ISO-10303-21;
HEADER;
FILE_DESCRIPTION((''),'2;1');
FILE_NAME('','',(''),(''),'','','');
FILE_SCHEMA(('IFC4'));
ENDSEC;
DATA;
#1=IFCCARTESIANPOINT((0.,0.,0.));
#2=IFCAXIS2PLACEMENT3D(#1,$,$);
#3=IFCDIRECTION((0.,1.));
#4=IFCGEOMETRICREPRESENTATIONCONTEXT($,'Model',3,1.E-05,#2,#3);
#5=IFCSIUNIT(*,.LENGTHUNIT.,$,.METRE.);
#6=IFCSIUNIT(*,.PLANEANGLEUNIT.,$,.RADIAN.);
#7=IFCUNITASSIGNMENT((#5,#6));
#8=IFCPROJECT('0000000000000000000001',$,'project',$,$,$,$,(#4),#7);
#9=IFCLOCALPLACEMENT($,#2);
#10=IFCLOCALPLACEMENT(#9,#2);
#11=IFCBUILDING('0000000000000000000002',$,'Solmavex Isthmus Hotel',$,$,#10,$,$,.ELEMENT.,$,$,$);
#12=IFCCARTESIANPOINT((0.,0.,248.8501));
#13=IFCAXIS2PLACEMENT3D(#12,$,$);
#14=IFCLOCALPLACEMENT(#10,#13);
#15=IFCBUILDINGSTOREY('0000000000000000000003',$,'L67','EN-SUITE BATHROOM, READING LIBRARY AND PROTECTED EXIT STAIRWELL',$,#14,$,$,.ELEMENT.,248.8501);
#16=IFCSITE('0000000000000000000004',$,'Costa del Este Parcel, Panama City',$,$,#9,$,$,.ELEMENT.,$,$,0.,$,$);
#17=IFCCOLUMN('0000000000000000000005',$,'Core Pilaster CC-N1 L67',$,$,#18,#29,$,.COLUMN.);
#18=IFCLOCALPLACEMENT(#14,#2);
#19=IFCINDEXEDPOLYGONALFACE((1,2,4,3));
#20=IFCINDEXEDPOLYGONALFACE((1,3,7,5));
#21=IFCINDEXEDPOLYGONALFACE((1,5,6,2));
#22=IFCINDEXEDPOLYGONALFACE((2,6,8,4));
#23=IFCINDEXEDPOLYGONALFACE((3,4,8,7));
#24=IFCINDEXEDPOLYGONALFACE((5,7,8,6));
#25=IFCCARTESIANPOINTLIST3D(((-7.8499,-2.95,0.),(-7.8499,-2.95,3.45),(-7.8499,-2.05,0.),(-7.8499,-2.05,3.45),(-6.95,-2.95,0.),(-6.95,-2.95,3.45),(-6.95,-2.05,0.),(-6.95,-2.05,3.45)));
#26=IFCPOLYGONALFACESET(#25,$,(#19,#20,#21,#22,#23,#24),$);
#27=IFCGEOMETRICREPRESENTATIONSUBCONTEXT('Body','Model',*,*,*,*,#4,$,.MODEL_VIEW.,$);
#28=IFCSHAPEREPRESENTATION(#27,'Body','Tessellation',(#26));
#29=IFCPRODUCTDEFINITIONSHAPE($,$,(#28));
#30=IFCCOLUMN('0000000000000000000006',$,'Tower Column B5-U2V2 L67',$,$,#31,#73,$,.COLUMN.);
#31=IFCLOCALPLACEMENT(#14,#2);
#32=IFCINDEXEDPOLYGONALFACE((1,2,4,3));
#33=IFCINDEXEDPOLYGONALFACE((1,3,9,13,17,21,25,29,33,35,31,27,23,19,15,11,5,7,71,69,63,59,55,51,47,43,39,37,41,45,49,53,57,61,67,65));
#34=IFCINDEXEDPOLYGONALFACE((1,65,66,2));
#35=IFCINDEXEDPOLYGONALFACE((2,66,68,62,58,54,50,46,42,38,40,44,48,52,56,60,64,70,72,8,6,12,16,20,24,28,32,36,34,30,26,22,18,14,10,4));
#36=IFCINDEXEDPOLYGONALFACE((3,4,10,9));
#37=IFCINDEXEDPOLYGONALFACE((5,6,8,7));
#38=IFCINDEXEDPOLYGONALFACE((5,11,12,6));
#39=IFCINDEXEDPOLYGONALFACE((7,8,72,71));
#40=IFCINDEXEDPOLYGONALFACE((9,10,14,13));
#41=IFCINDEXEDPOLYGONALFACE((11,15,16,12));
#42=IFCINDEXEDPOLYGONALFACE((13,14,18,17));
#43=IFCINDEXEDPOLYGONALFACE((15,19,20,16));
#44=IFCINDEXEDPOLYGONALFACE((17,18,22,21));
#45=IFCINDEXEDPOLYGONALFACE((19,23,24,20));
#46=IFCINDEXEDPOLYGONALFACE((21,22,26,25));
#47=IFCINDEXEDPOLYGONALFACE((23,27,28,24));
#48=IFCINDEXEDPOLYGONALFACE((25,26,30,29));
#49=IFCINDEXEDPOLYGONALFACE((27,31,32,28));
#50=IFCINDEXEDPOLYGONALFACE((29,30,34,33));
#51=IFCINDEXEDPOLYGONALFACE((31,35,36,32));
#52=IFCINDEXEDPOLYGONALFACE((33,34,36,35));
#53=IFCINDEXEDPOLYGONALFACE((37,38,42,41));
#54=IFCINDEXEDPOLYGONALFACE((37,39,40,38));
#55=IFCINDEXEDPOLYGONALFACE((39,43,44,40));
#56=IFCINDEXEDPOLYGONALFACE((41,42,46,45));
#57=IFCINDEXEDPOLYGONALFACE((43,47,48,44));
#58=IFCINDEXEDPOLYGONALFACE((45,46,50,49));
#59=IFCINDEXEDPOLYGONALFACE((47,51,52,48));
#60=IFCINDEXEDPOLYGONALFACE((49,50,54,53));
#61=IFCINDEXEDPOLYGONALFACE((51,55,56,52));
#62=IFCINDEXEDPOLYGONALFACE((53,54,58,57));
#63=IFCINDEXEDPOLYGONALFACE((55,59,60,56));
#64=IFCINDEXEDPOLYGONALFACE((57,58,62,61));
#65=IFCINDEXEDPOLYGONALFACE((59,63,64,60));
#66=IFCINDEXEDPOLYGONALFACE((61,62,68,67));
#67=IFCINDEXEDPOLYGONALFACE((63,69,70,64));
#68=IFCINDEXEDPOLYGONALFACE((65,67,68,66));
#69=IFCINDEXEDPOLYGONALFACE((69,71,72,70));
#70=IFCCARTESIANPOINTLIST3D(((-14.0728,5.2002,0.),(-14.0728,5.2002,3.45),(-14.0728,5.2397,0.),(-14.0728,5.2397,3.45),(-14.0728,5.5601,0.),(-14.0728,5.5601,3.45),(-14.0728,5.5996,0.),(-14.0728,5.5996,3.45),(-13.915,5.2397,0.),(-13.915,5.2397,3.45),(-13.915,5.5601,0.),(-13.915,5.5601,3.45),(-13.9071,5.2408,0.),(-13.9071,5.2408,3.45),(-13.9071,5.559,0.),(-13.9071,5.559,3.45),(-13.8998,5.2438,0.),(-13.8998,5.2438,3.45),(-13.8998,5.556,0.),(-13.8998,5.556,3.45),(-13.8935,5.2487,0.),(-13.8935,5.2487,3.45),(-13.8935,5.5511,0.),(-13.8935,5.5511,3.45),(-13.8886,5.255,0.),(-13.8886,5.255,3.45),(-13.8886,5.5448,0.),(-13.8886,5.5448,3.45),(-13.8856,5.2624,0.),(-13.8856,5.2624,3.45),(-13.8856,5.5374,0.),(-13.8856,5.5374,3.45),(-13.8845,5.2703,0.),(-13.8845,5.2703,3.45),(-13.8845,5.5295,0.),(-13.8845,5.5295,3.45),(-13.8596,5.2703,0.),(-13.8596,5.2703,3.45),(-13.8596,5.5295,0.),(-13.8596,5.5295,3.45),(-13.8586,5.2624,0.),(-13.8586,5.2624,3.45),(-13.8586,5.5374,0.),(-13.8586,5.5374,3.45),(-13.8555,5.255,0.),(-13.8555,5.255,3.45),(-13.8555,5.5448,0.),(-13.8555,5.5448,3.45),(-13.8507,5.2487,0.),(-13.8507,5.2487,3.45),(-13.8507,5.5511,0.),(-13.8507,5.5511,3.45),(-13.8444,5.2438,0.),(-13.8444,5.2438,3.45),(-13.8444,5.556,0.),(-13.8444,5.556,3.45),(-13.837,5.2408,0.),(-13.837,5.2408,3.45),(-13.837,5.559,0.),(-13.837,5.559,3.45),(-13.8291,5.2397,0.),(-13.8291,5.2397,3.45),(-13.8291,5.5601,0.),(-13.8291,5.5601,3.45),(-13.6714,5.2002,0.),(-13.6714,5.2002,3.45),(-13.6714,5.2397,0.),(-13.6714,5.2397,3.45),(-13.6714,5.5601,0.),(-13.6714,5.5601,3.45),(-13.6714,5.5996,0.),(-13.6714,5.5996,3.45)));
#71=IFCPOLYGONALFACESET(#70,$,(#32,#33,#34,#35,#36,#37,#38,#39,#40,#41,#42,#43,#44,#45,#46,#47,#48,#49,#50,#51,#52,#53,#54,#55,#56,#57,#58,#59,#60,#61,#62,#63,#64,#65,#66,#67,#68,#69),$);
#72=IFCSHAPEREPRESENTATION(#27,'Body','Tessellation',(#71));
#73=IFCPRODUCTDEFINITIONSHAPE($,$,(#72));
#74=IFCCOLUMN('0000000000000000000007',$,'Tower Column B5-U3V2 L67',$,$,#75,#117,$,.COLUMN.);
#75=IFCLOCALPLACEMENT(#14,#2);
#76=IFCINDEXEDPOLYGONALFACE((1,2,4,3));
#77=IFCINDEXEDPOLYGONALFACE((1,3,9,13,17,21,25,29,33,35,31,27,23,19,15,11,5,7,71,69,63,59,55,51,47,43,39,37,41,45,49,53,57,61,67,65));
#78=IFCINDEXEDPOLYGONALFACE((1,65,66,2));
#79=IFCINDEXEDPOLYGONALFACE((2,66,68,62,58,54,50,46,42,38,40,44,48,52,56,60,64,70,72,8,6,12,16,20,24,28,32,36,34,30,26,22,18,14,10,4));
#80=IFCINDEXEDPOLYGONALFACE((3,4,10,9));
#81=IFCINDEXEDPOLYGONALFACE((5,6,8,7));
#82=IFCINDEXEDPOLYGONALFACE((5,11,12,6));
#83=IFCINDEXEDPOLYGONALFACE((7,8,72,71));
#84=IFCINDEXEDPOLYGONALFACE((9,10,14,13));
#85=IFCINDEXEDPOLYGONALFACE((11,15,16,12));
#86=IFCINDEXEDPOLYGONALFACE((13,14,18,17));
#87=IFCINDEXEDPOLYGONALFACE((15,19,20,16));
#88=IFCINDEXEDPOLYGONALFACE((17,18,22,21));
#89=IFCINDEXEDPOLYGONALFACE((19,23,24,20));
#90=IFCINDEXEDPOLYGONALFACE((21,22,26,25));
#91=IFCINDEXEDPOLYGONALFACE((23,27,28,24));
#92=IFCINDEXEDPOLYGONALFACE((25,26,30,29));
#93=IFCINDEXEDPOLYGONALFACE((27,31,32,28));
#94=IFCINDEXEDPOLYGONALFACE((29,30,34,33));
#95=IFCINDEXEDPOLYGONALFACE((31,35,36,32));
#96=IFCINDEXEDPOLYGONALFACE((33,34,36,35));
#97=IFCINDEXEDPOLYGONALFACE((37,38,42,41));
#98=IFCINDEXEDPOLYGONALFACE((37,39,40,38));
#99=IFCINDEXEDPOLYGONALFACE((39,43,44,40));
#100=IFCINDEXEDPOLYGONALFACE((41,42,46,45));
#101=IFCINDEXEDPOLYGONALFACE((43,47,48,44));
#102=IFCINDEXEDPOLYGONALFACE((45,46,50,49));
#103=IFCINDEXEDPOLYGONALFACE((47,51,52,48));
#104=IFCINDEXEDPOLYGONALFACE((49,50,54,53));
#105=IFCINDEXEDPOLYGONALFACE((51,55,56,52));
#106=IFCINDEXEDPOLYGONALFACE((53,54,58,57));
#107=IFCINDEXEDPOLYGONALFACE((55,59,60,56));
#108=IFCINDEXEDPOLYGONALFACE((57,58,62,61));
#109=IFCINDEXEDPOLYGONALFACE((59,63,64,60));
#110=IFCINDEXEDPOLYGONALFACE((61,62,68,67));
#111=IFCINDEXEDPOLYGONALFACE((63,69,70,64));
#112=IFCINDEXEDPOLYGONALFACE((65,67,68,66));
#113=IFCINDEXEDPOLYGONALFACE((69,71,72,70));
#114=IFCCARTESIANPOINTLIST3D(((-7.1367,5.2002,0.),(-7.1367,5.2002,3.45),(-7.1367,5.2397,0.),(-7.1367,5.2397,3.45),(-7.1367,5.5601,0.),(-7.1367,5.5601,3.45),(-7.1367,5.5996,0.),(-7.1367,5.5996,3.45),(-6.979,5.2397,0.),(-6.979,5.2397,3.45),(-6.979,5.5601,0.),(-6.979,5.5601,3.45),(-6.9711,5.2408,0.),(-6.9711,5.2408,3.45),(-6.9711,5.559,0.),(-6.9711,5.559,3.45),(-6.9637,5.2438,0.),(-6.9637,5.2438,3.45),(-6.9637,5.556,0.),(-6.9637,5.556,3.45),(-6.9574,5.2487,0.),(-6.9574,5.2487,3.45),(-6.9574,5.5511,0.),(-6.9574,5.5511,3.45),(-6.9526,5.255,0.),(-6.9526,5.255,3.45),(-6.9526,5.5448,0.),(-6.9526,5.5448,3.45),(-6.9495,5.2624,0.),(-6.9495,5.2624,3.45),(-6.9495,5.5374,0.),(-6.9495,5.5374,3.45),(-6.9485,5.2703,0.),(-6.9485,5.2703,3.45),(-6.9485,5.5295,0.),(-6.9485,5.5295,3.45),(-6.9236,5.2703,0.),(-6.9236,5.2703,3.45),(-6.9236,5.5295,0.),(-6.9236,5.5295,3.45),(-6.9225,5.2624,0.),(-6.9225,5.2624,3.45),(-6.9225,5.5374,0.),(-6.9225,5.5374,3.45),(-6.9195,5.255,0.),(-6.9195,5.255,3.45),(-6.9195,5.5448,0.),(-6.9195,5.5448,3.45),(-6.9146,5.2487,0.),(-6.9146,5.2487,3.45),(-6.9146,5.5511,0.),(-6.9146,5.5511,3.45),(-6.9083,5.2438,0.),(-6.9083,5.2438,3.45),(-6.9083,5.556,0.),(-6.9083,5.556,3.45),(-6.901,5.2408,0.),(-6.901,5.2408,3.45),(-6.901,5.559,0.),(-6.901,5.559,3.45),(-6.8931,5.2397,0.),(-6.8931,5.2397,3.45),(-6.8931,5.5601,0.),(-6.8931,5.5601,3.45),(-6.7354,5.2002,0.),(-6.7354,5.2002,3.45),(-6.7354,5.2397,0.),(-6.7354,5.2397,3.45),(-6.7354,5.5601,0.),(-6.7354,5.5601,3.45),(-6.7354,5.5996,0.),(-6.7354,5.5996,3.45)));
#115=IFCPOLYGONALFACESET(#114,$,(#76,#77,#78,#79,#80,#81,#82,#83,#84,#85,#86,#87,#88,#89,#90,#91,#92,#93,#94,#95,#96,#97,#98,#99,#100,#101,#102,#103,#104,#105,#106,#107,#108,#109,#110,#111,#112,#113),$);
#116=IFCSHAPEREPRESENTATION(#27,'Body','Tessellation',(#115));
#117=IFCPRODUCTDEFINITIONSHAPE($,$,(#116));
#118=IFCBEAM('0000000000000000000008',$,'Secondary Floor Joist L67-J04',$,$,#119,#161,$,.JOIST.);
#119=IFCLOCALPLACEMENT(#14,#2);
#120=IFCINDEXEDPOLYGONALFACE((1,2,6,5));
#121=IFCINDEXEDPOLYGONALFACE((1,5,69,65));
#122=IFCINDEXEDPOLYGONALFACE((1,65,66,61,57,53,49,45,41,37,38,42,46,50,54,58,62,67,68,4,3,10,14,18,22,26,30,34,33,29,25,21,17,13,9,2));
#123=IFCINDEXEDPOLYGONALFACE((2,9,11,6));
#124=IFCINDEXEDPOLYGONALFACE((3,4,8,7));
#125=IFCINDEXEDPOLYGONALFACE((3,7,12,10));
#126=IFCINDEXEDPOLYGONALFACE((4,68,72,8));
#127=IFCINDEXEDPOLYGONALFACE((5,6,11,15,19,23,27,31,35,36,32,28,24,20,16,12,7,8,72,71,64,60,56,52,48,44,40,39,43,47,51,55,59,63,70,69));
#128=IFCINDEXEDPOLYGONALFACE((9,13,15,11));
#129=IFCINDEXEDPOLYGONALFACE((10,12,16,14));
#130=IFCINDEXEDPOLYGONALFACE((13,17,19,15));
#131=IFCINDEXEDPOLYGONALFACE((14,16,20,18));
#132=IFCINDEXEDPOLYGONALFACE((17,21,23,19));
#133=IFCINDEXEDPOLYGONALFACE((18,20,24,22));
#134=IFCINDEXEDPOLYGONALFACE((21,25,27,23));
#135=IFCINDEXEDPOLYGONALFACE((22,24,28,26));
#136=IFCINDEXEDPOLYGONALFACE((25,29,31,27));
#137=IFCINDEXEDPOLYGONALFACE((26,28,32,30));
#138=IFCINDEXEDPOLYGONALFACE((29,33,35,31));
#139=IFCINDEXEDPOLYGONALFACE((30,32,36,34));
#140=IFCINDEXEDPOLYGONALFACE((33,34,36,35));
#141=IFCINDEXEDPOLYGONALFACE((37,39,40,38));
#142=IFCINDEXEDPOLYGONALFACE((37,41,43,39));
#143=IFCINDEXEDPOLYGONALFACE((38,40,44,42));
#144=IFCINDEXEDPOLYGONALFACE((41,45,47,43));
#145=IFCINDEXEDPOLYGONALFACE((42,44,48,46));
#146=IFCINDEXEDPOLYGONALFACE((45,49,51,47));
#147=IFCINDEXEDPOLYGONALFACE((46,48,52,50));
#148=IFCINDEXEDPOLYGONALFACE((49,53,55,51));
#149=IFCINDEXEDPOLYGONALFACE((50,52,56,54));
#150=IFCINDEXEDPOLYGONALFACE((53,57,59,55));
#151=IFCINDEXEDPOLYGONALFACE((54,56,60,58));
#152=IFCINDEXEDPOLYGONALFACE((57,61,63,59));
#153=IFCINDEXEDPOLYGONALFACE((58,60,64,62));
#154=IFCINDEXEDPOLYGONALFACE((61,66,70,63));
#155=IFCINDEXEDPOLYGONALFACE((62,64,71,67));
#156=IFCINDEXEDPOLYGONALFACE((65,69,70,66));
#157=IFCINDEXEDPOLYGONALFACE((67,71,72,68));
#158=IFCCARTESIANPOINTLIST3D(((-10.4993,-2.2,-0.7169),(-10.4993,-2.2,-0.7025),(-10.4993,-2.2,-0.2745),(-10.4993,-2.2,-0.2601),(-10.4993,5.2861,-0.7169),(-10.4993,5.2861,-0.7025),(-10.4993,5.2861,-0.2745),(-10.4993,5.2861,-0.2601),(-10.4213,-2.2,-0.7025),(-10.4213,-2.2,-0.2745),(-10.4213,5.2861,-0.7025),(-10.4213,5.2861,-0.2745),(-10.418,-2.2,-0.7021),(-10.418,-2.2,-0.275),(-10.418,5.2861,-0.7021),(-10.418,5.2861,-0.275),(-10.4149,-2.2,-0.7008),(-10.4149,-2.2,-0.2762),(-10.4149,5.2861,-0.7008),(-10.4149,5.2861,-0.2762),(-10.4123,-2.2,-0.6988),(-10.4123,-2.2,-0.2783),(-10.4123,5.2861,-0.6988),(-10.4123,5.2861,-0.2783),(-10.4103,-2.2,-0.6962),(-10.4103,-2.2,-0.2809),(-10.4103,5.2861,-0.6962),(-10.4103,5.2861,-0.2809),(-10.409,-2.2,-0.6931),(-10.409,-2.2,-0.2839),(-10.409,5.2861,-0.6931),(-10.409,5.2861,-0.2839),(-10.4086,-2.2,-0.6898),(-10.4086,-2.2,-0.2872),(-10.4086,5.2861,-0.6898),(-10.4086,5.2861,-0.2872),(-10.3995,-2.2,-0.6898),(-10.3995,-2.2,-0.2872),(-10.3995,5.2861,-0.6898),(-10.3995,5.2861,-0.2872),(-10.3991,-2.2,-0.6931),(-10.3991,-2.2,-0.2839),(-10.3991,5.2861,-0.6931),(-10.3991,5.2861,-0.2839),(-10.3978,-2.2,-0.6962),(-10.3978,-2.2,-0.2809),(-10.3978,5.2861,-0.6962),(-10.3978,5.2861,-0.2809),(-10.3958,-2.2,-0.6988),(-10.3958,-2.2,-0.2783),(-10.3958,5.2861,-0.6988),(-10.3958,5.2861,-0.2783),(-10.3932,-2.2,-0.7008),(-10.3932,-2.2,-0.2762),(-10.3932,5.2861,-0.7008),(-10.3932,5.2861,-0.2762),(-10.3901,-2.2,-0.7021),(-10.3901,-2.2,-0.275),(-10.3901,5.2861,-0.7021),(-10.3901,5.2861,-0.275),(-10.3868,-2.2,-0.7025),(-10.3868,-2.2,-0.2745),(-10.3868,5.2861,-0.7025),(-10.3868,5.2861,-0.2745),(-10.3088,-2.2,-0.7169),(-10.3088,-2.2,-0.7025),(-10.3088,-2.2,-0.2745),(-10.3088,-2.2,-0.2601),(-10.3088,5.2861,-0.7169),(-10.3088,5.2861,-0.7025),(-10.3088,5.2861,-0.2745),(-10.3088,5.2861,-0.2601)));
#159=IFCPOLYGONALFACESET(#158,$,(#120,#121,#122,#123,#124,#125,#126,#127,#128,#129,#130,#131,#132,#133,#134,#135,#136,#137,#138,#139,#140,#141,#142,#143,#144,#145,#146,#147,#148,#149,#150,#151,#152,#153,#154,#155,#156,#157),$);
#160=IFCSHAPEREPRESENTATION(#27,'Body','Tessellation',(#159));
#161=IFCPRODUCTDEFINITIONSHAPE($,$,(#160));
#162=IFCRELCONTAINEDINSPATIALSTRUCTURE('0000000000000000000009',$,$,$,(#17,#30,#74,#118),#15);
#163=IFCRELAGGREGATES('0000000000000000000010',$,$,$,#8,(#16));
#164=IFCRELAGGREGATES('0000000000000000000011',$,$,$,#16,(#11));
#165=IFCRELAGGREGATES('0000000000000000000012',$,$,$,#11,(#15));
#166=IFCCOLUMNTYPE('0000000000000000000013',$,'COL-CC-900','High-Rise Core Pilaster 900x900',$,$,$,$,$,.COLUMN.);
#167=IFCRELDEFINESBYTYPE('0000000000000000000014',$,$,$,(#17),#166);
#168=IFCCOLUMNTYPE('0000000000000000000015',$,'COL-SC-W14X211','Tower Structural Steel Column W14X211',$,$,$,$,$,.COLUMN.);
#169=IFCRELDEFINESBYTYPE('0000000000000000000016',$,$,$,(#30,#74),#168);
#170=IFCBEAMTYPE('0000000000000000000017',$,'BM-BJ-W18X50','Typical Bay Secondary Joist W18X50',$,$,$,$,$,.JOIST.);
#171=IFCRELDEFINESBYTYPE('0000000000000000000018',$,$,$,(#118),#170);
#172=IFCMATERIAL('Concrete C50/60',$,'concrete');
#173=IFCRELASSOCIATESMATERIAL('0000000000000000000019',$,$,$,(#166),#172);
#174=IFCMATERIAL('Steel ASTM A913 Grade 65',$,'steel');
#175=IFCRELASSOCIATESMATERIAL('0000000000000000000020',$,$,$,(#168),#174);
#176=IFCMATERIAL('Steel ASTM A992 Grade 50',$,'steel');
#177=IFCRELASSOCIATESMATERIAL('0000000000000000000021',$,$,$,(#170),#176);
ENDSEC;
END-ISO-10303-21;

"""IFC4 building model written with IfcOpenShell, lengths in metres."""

from ifc_helpers import new_model, si_unit, direction, frame, origin, origin_2d, place, context, subcontext, project, spatial, rectangle, i_section, extrude, material, material_profile, profile_set, type_object, element, save


model = new_model("IFC4")

# Units and contexts
model_context = context("Model", 3, precision=1e-05, world=origin(), true_north=direction((0.0, 1.0)))
body_context = subcontext(model_context, "Body", "Model", "MODEL_VIEW")
ifc_project = project(units=[si_unit("LENGTHUNIT", "METRE"), si_unit("PLANEANGLEUNIT", "RADIAN")], contexts=[model_context])

# Site, building, storey
site_placement = place(None, origin())
site = spatial("IfcSite", under=ifc_project, at=site_placement, Name="Costa del Este Parcel, Panama City", CompositionType="ELEMENT", RefElevation=0.0)
building_placement = place(site_placement, origin())
building = spatial("IfcBuilding", under=site, at=building_placement, Name="Solmavex Isthmus Hotel", CompositionType="ELEMENT")
storey_placement = place(building_placement, frame((0.0, 0.0, 248.8501)))
storey = spatial("IfcBuildingStorey", under=building, at=storey_placement, Name="L67", Description="EN-SUITE BATHROOM, READING LIBRARY AND PROTECTED EXIT STAIRWELL", CompositionType="ELEMENT", Elevation=248.8501)

# Columns
ifc_material_1 = material(Name="Concrete C50/60", Category="concrete")
ifc_material_profile_1 = material_profile(ifc_material_1, rectangle(XDim=0.8999, YDim=0.8999, at=origin_2d()), Name="RC900X900")
ifc_profile_set_1 = profile_set([ifc_material_profile_1], Name="Concrete C50/60")
column_type_1 = type_object("IfcColumnType", Name="COL-CC-900", Description="High-Rise Core Pilaster 900x900", PredefinedType="COLUMN", material=ifc_profile_set_1)
column_placement = place(storey_placement, frame((-7.3999, -2.5, 0.0), z_axis=(0.0, 0.0, 1.0), x_axis=(1.0, 0.0, 0.0)))
element("IfcColumn", 1, at=column_placement, inside=storey, type_object=column_type_1, Name="Core Pilaster CC-N1 L67", PredefinedType="COLUMN", context=body_context, shape_type="SweptSolid", body=[
    extrude(rectangle(XDim=0.8999, YDim=0.8999, at=origin_2d()), origin(), (0.0, 0.0, 1.0), 3.45),
])
ifc_material_2 = material(Name="Steel ASTM A913 Grade 65", Category="steel")
ifc_material_profile_2 = material_profile(ifc_material_2, i_section(OverallWidth=0.4014, OverallDepth=0.3994, WebThickness=0.0249, FlangeThickness=0.0396, FilletRadius=0.0305, at=origin_2d()), Name="W14X211")
ifc_profile_set_2 = profile_set([ifc_material_profile_2], Name="Steel ASTM A913 Grade 65")
column_type_2 = type_object("IfcColumnType", Name="COL-SC-W14X211", Description="Tower Structural Steel Column W14X211", PredefinedType="COLUMN", material=ifc_profile_set_2)
for number, where, z_axis, x_axis, name in (
    (2, (-13.8721, 5.3999, 0.0), (0.0, 0.0, 1.0), (1.0, 0.0, 0.0), "Tower Column B5-U2V2 L67"),
    (3, (-6.936, 5.3999, 0.0), (0.0, 0.0, 1.0), (1.0, 0.0, 0.0), "Tower Column B5-U3V2 L67"),
):
    element("IfcColumn", number, at=place(storey_placement, frame(where, z_axis=z_axis, x_axis=x_axis)), inside=storey, type_object=column_type_2, Name=name, PredefinedType="COLUMN", context=body_context, shape_type="SweptSolid", body=[
        extrude(i_section(OverallWidth=0.4014, OverallDepth=0.3994, WebThickness=0.0249, FlangeThickness=0.0396, FilletRadius=0.0305, at=origin_2d()), origin(), (0.0, 0.0, 1.0), 3.45),
    ])

# Beam
ifc_material_3 = material(Name="Steel ASTM A992 Grade 50", Category="steel")
ifc_material_profile_3 = material_profile(ifc_material_3, i_section(OverallWidth=0.1904, OverallDepth=0.4568, WebThickness=0.009, FlangeThickness=0.0144, FilletRadius=0.0127, at=origin_2d()), Name="W18X50")
ifc_profile_set_3 = profile_set([ifc_material_profile_3], Name="Steel ASTM A992 Grade 50")
beam_type_1 = type_object("IfcBeamType", Name="BM-BJ-W18X50", Description="Typical Bay Secondary Joist W18X50", PredefinedType="JOIST", material=ifc_profile_set_3)
beam_1_placement = place(storey_placement, frame((-10.4041, -2.2, -0.4885), z_axis=(0.0, 1.0, 0.0), x_axis=(-1.0, 0.0, 0.0)))
element("IfcBeam", 4, at=beam_1_placement, inside=storey, type_object=beam_type_1, Name="Secondary Floor Joist L67-J04", PredefinedType="JOIST", context=body_context, shape_type="SweptSolid", body=[
    extrude(i_section(OverallWidth=0.1904, OverallDepth=0.4568, WebThickness=0.009, FlangeThickness=0.0144, FilletRadius=0.0127, at=origin_2d()), origin(), (0.0, 0.0, 1.0), 7.4861),
])

save(model, "model.ifc")
